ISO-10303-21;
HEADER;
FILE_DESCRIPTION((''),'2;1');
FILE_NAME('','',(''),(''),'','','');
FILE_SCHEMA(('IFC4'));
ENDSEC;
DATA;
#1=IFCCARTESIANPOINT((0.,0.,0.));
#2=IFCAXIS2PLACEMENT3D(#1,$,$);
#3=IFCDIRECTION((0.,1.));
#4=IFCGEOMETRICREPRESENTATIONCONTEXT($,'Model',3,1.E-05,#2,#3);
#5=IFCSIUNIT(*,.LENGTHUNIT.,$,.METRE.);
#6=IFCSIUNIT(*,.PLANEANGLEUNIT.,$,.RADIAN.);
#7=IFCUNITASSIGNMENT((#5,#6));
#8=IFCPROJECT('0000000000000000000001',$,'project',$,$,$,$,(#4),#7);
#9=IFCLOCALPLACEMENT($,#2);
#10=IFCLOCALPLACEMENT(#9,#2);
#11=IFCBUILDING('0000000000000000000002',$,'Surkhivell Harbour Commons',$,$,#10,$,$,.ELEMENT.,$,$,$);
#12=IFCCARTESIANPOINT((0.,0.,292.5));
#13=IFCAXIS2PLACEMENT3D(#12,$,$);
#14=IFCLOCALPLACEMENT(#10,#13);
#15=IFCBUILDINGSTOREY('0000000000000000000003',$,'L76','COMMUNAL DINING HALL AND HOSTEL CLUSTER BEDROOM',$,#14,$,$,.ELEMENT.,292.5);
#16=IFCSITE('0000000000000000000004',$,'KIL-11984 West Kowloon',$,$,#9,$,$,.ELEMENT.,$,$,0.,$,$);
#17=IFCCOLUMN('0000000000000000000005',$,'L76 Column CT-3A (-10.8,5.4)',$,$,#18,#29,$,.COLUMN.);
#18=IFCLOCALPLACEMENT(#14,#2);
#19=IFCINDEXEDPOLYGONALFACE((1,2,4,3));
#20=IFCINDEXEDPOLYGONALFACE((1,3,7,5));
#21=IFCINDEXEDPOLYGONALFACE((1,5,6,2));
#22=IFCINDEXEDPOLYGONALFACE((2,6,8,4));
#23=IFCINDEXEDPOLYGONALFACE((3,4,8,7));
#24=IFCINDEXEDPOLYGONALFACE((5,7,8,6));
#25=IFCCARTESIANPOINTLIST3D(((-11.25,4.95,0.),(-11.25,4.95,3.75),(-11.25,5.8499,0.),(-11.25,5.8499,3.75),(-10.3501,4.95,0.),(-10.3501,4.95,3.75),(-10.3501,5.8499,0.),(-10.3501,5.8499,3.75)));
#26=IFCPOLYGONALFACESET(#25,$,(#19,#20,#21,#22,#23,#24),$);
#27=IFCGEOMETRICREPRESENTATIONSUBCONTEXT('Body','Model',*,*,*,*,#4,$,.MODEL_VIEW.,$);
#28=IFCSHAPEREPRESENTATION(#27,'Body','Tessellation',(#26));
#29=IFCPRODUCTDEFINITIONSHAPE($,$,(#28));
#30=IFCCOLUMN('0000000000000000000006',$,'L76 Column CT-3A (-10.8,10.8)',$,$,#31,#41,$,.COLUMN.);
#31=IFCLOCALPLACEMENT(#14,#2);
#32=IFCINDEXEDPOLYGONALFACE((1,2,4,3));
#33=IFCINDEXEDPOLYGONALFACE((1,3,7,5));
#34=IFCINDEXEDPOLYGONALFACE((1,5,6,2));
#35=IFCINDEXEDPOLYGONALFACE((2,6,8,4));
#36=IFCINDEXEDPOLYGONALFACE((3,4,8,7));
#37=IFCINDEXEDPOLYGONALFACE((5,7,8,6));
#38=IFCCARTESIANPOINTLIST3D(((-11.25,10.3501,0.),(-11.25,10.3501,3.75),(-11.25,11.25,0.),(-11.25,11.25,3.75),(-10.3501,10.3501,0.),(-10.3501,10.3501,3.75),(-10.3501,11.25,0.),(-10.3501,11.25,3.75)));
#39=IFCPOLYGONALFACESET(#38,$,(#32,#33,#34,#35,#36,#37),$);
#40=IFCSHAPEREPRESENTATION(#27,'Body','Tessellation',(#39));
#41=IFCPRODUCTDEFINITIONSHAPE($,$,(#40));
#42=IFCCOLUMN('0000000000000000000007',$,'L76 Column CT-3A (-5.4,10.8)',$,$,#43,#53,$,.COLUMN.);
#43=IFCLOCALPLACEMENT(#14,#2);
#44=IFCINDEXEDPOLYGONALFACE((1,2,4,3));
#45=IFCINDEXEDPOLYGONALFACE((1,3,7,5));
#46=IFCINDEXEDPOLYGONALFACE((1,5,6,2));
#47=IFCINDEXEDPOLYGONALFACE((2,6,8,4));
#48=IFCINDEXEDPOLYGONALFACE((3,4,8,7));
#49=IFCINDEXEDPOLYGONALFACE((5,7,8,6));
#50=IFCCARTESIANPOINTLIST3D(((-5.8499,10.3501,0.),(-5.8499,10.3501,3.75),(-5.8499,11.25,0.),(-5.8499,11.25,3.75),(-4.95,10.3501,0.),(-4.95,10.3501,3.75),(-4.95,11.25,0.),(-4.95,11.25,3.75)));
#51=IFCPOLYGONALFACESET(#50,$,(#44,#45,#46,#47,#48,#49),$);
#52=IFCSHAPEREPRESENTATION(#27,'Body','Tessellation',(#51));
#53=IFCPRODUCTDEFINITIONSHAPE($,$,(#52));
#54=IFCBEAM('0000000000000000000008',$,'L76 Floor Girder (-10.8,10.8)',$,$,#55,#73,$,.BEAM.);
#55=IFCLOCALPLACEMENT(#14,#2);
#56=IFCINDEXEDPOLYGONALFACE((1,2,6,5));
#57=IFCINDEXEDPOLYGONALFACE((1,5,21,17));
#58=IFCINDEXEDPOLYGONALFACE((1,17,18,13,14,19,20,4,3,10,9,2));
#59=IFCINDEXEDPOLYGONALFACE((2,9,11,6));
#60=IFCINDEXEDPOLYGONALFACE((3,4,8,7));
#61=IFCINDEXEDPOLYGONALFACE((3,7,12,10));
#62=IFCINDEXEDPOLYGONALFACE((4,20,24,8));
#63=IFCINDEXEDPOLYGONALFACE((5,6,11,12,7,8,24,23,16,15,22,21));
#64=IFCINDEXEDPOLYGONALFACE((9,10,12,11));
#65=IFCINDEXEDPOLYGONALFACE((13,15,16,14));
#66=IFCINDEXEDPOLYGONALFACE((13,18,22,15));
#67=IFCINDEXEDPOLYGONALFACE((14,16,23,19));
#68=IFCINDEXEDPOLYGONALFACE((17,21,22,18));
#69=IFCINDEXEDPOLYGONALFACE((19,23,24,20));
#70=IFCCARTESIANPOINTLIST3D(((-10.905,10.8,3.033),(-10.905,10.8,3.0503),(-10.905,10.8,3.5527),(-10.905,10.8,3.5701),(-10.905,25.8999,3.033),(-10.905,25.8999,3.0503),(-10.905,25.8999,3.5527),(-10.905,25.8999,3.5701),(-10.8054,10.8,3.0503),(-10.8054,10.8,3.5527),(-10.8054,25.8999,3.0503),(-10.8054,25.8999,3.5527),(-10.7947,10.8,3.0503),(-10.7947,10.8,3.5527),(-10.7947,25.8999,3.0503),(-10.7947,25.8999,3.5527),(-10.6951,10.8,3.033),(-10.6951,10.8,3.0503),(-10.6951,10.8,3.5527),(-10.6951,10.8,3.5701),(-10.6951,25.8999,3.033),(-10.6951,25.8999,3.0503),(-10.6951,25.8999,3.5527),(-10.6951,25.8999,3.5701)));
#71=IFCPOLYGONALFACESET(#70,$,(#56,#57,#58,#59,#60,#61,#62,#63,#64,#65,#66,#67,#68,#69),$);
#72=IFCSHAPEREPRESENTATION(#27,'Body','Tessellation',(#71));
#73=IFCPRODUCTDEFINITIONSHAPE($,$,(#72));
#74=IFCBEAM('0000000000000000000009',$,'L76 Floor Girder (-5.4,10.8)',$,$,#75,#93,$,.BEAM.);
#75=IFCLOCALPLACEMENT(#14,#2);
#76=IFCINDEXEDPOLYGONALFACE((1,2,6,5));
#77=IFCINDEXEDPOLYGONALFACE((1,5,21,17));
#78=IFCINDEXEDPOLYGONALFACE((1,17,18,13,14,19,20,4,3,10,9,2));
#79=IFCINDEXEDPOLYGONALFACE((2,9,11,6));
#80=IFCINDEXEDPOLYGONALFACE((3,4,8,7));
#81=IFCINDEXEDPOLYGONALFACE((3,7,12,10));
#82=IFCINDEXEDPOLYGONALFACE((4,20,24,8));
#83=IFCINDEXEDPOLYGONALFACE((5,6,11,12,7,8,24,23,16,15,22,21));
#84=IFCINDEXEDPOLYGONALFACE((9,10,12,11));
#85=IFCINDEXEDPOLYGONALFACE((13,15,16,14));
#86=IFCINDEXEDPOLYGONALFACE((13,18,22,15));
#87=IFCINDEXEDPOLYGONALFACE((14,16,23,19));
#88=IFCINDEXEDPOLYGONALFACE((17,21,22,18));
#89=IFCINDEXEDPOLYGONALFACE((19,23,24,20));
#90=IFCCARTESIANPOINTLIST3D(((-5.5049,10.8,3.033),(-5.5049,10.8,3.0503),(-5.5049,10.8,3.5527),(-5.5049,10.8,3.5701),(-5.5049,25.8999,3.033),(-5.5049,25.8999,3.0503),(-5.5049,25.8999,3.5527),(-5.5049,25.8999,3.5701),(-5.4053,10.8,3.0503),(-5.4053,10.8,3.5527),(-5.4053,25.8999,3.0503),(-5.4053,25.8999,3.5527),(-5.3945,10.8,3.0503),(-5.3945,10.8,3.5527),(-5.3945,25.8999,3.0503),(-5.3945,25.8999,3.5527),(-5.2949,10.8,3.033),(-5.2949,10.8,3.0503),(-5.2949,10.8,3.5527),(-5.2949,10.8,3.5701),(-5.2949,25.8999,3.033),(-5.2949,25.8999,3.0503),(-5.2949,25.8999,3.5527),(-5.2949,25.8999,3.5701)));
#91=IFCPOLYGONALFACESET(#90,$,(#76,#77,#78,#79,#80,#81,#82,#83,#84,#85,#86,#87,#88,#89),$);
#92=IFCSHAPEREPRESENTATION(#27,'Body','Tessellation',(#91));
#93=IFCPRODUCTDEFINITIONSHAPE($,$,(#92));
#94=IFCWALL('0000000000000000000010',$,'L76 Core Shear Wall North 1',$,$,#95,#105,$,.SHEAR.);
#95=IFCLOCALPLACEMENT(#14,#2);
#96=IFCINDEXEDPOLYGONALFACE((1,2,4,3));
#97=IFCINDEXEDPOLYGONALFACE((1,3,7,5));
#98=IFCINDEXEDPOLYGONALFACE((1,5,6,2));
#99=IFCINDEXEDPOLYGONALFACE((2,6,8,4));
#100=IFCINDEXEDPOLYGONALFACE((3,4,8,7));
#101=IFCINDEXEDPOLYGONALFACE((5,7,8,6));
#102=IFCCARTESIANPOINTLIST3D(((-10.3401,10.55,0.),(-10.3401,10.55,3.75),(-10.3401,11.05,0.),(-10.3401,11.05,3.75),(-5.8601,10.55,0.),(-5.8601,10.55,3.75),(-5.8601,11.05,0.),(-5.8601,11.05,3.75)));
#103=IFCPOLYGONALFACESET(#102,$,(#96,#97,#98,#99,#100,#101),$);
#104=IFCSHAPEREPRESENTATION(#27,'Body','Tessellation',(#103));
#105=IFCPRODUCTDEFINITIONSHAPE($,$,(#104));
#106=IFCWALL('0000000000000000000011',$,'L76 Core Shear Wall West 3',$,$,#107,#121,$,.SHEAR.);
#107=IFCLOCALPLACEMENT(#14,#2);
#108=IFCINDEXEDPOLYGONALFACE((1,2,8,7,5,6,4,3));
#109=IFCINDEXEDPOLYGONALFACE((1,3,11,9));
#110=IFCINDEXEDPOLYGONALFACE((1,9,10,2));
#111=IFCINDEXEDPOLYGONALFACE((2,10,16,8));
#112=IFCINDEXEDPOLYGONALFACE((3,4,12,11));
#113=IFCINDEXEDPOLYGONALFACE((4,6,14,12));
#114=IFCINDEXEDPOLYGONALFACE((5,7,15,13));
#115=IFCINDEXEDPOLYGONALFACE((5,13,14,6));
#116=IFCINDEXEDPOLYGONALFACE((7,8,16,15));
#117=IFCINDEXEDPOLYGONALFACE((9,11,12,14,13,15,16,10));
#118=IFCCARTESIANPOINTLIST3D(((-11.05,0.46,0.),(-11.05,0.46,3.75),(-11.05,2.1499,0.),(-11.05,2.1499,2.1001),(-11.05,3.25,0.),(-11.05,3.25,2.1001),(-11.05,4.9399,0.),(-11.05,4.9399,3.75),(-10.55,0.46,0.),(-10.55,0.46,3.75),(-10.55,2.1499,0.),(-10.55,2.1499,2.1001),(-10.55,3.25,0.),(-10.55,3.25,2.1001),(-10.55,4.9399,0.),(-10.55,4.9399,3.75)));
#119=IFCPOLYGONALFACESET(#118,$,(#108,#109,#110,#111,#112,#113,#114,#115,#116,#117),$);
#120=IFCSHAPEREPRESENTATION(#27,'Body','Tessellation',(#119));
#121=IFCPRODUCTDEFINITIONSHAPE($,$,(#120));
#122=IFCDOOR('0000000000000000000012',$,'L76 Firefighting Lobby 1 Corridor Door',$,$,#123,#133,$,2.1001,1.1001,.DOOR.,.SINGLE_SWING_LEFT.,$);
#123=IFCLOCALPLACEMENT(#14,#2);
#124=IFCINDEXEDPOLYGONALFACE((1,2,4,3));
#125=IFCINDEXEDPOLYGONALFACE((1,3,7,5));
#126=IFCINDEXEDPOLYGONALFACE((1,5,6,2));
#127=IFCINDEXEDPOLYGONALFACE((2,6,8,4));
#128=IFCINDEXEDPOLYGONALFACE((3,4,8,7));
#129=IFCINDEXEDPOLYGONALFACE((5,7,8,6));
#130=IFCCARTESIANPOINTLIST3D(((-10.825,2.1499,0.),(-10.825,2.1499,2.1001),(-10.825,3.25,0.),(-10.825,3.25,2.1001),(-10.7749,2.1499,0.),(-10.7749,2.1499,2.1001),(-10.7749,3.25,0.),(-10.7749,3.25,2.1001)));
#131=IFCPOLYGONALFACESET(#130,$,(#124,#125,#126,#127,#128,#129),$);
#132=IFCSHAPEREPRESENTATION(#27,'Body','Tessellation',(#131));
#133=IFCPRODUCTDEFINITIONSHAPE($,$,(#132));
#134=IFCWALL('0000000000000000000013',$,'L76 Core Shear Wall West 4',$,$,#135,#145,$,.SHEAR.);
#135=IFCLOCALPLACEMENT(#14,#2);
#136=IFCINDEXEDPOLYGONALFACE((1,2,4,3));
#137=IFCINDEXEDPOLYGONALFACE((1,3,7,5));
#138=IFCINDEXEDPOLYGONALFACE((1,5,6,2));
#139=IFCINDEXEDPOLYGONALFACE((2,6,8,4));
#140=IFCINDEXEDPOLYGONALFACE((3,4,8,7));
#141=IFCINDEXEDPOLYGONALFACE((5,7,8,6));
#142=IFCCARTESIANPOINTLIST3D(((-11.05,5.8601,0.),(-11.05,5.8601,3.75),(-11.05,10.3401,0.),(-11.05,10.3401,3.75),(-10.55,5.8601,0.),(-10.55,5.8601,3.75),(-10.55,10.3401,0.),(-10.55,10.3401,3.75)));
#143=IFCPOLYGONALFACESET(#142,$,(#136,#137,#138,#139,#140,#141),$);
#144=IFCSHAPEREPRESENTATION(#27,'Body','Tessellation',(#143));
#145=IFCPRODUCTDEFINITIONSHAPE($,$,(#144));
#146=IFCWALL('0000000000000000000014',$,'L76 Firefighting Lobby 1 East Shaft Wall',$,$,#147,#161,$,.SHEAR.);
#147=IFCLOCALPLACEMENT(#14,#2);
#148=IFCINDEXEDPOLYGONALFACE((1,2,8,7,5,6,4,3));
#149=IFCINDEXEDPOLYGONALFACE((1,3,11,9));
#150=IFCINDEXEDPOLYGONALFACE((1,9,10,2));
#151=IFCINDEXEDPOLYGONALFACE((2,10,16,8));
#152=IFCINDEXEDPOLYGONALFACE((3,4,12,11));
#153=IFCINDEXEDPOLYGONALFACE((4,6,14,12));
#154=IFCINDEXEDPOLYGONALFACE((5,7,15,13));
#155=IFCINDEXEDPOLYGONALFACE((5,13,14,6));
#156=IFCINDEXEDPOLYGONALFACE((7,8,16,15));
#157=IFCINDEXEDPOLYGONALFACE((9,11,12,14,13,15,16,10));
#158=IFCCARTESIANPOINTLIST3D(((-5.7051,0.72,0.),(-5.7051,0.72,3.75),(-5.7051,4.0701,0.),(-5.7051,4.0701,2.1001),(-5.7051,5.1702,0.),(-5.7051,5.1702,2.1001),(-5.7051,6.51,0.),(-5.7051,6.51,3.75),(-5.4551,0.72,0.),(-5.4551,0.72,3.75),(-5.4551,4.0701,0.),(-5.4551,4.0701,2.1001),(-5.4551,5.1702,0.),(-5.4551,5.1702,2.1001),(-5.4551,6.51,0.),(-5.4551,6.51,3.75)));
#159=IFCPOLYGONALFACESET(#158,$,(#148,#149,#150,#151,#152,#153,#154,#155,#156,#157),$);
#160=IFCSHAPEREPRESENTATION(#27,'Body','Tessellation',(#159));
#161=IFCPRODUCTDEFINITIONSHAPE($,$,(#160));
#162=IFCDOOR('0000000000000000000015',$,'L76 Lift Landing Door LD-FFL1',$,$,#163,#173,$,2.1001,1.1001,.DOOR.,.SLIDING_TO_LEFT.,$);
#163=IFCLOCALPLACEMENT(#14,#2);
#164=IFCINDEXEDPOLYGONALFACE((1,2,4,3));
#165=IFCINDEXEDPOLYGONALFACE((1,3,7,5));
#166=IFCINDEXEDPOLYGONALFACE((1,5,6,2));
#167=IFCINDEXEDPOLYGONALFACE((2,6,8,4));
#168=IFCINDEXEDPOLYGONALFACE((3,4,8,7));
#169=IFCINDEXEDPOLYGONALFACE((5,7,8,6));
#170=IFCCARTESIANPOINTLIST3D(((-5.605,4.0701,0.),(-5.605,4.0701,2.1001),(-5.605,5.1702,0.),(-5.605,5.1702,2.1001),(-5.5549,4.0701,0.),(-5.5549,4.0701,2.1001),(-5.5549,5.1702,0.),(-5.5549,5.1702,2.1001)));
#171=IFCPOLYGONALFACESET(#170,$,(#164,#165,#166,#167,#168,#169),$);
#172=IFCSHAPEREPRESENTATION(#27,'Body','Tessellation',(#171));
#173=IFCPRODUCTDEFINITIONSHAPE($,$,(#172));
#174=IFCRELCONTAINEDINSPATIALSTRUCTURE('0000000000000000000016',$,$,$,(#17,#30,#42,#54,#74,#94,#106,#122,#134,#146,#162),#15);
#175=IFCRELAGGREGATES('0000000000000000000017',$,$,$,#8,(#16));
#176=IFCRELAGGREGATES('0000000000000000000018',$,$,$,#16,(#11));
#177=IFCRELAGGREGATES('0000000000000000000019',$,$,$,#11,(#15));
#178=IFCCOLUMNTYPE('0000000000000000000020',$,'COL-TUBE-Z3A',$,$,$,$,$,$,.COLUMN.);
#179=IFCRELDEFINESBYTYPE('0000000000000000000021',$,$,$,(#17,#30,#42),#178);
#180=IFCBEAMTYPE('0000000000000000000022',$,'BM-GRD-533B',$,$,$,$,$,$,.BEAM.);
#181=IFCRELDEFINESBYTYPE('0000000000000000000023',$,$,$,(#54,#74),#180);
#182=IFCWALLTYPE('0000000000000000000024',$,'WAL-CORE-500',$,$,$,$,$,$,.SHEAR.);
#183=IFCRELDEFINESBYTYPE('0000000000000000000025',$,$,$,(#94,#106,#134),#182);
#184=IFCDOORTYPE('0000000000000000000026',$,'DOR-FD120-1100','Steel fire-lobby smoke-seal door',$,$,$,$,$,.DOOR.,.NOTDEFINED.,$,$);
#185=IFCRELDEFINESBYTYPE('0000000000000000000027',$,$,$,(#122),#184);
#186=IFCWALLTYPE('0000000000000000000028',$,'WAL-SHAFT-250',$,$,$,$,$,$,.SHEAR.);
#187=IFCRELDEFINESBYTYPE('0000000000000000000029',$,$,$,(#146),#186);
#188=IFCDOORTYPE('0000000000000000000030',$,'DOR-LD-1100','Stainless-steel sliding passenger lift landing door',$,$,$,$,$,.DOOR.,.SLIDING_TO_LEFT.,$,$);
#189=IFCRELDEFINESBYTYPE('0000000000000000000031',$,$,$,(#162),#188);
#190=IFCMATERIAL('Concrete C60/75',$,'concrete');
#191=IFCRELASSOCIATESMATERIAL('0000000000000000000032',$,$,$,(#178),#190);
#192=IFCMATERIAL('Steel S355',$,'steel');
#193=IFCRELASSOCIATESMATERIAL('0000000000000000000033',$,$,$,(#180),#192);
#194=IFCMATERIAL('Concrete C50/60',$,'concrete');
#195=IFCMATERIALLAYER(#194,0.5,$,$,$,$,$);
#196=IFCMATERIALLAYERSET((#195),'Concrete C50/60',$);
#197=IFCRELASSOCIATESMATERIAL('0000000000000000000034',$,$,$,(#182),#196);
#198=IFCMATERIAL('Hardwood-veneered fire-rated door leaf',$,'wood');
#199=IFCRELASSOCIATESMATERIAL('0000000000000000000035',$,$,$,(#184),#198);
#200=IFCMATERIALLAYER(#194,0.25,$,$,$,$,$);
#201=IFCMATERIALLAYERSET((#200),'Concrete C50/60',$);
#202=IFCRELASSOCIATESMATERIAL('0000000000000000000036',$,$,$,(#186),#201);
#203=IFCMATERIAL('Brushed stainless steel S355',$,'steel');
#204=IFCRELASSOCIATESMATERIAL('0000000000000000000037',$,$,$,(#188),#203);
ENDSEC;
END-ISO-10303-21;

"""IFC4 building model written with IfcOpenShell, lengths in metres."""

from ifc_helpers import new_model, si_unit, direction, frame, frame_2d, origin, origin_2d, place, context, subcontext, project, spatial, rectangle, i_section, extrude, material, layer, layer_set, material_profile, profile_set, type_object, element, fill, save


model = new_model("IFC4")

# Units and contexts
model_context = context("Model", 3, precision=1e-05, world=origin(), true_north=direction((0.0, 1.0)))
body_context = subcontext(model_context, "Body", "Model", "MODEL_VIEW")
ifc_project = project(units=[si_unit("LENGTHUNIT", "METRE"), si_unit("PLANEANGLEUNIT", "RADIAN")], contexts=[model_context])

# Site, building, storey
site_placement = place(None, origin())
site = spatial("IfcSite", under=ifc_project, at=site_placement, Name="KIL-11984 West Kowloon", CompositionType="ELEMENT", RefElevation=0.0)
building_placement = place(site_placement, origin())
building = spatial("IfcBuilding", under=site, at=building_placement, Name="Surkhivell Harbour Commons", CompositionType="ELEMENT")
storey_placement = place(building_placement, frame((0.0, 0.0, 292.5)))
storey = spatial("IfcBuildingStorey", under=building, at=storey_placement, Name="L76", Description="COMMUNAL DINING HALL AND HOSTEL CLUSTER BEDROOM", CompositionType="ELEMENT", Elevation=292.5)

# Columns
ifc_material_1 = material(Name="Concrete C60/75", Category="concrete")
ifc_material_profile_1 = material_profile(ifc_material_1, rectangle(XDim=0.8999, YDim=0.8999, at=origin_2d()), Name="RC-COL-900x900")
ifc_profile_set_1 = profile_set([ifc_material_profile_1], Name="Concrete C60/75")
column_type = type_object("IfcColumnType", Name="COL-TUBE-Z3A", PredefinedType="COLUMN", material=ifc_profile_set_1)
for number, where, z_axis, x_axis, name in (
    (1, (-10.8, 5.3999, 0.0), (0.0, 0.0, 1.0), (1.0, 0.0, 0.0), "L76 Column CT-3A (-10.8,5.4)"),
    (2, (-10.8, 10.8, 0.0), (0.0, 0.0, 1.0), (1.0, 0.0, 0.0), "L76 Column CT-3A (-10.8,10.8)"),
    (3, (-5.3999, 10.8, 0.0), (0.0, 0.0, 1.0), (1.0, 0.0, 0.0), "L76 Column CT-3A (-5.4,10.8)"),
):
    element("IfcColumn", number, at=place(storey_placement, frame(where, z_axis=z_axis, x_axis=x_axis)), inside=storey, type_object=column_type, Name=name, PredefinedType="COLUMN", context=body_context, shape_type="SweptSolid", body=[
        extrude(rectangle(XDim=0.8999, YDim=0.8999, at=origin_2d()), origin(), (0.0, 0.0, 1.0), 3.75),
    ])

# Beams
ifc_material_2 = material(Name="Steel S355", Category="steel")
ifc_material_profile_2 = material_profile(ifc_material_2, i_section(OverallWidth=0.21, OverallDepth=0.5371, WebThickness=0.0107, FlangeThickness=0.0173, at=origin_2d()), Name="UB533x210x101")
ifc_profile_set_2 = profile_set([ifc_material_profile_2], Name="Steel S355")
beam_type = type_object("IfcBeamType", Name="BM-GRD-533B", PredefinedType="BEAM", material=ifc_profile_set_2)
for number, where, z_axis, x_axis, name in (
    (4, (-10.8, 10.8, 3.3015), (0.0, 1.0, 0.0), (-1.0, 0.0, 0.0), "L76 Floor Girder (-10.8,10.8)"),
    (5, (-5.3999, 10.8, 3.3015), (0.0, 1.0, 0.0), (-1.0, 0.0, 0.0), "L76 Floor Girder (-5.4,10.8)"),
):
    element("IfcBeam", number, at=place(storey_placement, frame(where, z_axis=z_axis, x_axis=x_axis)), inside=storey, type_object=beam_type, Name=name, PredefinedType="BEAM", context=body_context, shape_type="SweptSolid", body=[
        extrude(i_section(OverallWidth=0.21, OverallDepth=0.5371, WebThickness=0.0107, FlangeThickness=0.0173, at=origin_2d()), origin(), (0.0, 0.0, 1.0), 15.0999),
    ])

# Wall
ifc_material_3 = material(Name="Concrete C50/60", Category="concrete")
ifc_layer_1 = layer(ifc_material_3, 0.5)
ifc_layer_set_1 = layer_set([ifc_layer_1], Name="Concrete C50/60")
wall_type_1 = type_object("IfcWallType", Name="WAL-CORE-500", PredefinedType="SHEAR", material=ifc_layer_set_1)
wall_1_placement = place(storey_placement, frame((-10.3401, 10.8, 0.0), z_axis=(0.0, 0.0, 1.0), x_axis=(1.0, 0.0, 0.0)))
element("IfcWall", 6, at=wall_1_placement, inside=storey, type_object=wall_type_1, Name="L76 Core Shear Wall North 1", PredefinedType="SHEAR", context=body_context, shape_type="SweptSolid", body=[
    extrude(rectangle(XDim=4.48, YDim=0.5, at=frame_2d((2.24, 0.0))), origin(), (0.0, 0.0, 1.0), 3.75),
])

# Wall, opening, door
wall_2_placement = place(storey_placement, frame((-10.8, 0.46, 0.0), z_axis=(0.0, 0.0, 1.0), x_axis=(0.0, 1.0, 0.0)))
wall_2 = element("IfcWall", 7, at=wall_2_placement, inside=storey, type_object=wall_type_1, Name="L76 Core Shear Wall West 3", PredefinedType="SHEAR", context=body_context, shape_type="SweptSolid", body=[
    extrude(rectangle(XDim=4.48, YDim=0.5, at=frame_2d((2.24, 0.0))), origin(), (0.0, 0.0, 1.0), 3.75),
])
opening_1_placement = place(wall_2_placement, frame((1.6899, 0.0, 0.0)))
opening_1 = element("IfcOpeningElement", 8, at=opening_1_placement, cuts=wall_2, PredefinedType="OPENING", context=body_context, shape_type="SweptSolid", body=[
    extrude(rectangle(XDim=1.1001, YDim=2.1001, at=frame_2d((0.55, 1.05))), frame((0.0, 0.26, 0.0), z_axis=(0.0, -1.0, 0.0), x_axis=(1.0, 0.0, 0.0)), (0.0, 0.0, 1.0), 0.52),
])
ifc_material_4 = material(Name="Hardwood-veneered fire-rated door leaf", Category="wood")
door_type_1 = type_object("IfcDoorType", Name="DOR-FD120-1100", Description="Steel fire-lobby smoke-seal door", OperationType="NOTDEFINED", PredefinedType="DOOR", material=ifc_material_4)
door_1_placement = place(opening_1_placement, origin())
door_1 = element("IfcDoor", 9, at=door_1_placement, inside=storey, type_object=door_type_1, Name="L76 Firefighting Lobby 1 Corridor Door", OperationType="SINGLE_SWING_LEFT", OverallHeight=2.1001, OverallWidth=1.1001, PredefinedType="DOOR", context=body_context, shape_type="SweptSolid", body=[
    extrude(rectangle(XDim=1.1001, YDim=2.1001, at=frame_2d((0.55, 1.05))), frame((0.0, 0.0249, 0.0), z_axis=(0.0, -1.0, 0.0), x_axis=(1.0, 0.0, 0.0)), (0.0, 0.0, 1.0), 0.05),
])
fill(opening_1, door_1)

# Wall
wall_3_placement = place(storey_placement, frame((-10.8, 5.8601, 0.0), z_axis=(0.0, 0.0, 1.0), x_axis=(0.0, 1.0, 0.0)))
element("IfcWall", 10, at=wall_3_placement, inside=storey, type_object=wall_type_1, Name="L76 Core Shear Wall West 4", PredefinedType="SHEAR", context=body_context, shape_type="SweptSolid", body=[
    extrude(rectangle(XDim=4.48, YDim=0.5, at=frame_2d((2.24, 0.0))), origin(), (0.0, 0.0, 1.0), 3.75),
])

# Wall, opening, door
ifc_layer_2 = layer(ifc_material_3, 0.25)
ifc_layer_set_2 = layer_set([ifc_layer_2], Name="Concrete C50/60")
wall_type_2 = type_object("IfcWallType", Name="WAL-SHAFT-250", PredefinedType="SHEAR", material=ifc_layer_set_2)
wall_4_placement = place(storey_placement, frame((-5.5801, 0.72, 0.0), z_axis=(0.0, 0.0, 1.0), x_axis=(0.0, 1.0, 0.0)))
wall_4 = element("IfcWall", 11, at=wall_4_placement, inside=storey, type_object=wall_type_2, Name="L76 Firefighting Lobby 1 East Shaft Wall", PredefinedType="SHEAR", context=body_context, shape_type="SweptSolid", body=[
    extrude(rectangle(XDim=5.79, YDim=0.25, at=frame_2d((2.895, 0.0))), origin(), (0.0, 0.0, 1.0), 3.75),
])
opening_2_placement = place(wall_4_placement, frame((3.3501, 0.0, 0.0)))
opening_2 = element("IfcOpeningElement", 12, at=opening_2_placement, cuts=wall_4, PredefinedType="OPENING", context=body_context, shape_type="SweptSolid", body=[
    extrude(rectangle(XDim=1.1001, YDim=2.1001, at=frame_2d((0.55, 1.05))), frame((0.0, 0.135, 0.0), z_axis=(0.0, -1.0, 0.0), x_axis=(1.0, 0.0, 0.0)), (0.0, 0.0, 1.0), 0.27),
])
ifc_material_5 = material(Name="Brushed stainless steel S355", Category="steel")
door_type_2 = type_object("IfcDoorType", Name="DOR-LD-1100", Description="Stainless-steel sliding passenger lift landing door", OperationType="SLIDING_TO_LEFT", PredefinedType="DOOR", material=ifc_material_5)
door_2_placement = place(opening_2_placement, origin())
door_2 = element("IfcDoor", 13, at=door_2_placement, inside=storey, type_object=door_type_2, Name="L76 Lift Landing Door LD-FFL1", OperationType="SLIDING_TO_LEFT", OverallHeight=2.1001, OverallWidth=1.1001, PredefinedType="DOOR", context=body_context, shape_type="SweptSolid", body=[
    extrude(rectangle(XDim=1.1001, YDim=2.1001, at=frame_2d((0.55, 1.05))), frame((0.0, 0.0249, 0.0), z_axis=(0.0, -1.0, 0.0), x_axis=(1.0, 0.0, 0.0)), (0.0, 0.0, 1.0), 0.05),
])
fill(opening_2, door_2)

save(model, "model.ifc")
